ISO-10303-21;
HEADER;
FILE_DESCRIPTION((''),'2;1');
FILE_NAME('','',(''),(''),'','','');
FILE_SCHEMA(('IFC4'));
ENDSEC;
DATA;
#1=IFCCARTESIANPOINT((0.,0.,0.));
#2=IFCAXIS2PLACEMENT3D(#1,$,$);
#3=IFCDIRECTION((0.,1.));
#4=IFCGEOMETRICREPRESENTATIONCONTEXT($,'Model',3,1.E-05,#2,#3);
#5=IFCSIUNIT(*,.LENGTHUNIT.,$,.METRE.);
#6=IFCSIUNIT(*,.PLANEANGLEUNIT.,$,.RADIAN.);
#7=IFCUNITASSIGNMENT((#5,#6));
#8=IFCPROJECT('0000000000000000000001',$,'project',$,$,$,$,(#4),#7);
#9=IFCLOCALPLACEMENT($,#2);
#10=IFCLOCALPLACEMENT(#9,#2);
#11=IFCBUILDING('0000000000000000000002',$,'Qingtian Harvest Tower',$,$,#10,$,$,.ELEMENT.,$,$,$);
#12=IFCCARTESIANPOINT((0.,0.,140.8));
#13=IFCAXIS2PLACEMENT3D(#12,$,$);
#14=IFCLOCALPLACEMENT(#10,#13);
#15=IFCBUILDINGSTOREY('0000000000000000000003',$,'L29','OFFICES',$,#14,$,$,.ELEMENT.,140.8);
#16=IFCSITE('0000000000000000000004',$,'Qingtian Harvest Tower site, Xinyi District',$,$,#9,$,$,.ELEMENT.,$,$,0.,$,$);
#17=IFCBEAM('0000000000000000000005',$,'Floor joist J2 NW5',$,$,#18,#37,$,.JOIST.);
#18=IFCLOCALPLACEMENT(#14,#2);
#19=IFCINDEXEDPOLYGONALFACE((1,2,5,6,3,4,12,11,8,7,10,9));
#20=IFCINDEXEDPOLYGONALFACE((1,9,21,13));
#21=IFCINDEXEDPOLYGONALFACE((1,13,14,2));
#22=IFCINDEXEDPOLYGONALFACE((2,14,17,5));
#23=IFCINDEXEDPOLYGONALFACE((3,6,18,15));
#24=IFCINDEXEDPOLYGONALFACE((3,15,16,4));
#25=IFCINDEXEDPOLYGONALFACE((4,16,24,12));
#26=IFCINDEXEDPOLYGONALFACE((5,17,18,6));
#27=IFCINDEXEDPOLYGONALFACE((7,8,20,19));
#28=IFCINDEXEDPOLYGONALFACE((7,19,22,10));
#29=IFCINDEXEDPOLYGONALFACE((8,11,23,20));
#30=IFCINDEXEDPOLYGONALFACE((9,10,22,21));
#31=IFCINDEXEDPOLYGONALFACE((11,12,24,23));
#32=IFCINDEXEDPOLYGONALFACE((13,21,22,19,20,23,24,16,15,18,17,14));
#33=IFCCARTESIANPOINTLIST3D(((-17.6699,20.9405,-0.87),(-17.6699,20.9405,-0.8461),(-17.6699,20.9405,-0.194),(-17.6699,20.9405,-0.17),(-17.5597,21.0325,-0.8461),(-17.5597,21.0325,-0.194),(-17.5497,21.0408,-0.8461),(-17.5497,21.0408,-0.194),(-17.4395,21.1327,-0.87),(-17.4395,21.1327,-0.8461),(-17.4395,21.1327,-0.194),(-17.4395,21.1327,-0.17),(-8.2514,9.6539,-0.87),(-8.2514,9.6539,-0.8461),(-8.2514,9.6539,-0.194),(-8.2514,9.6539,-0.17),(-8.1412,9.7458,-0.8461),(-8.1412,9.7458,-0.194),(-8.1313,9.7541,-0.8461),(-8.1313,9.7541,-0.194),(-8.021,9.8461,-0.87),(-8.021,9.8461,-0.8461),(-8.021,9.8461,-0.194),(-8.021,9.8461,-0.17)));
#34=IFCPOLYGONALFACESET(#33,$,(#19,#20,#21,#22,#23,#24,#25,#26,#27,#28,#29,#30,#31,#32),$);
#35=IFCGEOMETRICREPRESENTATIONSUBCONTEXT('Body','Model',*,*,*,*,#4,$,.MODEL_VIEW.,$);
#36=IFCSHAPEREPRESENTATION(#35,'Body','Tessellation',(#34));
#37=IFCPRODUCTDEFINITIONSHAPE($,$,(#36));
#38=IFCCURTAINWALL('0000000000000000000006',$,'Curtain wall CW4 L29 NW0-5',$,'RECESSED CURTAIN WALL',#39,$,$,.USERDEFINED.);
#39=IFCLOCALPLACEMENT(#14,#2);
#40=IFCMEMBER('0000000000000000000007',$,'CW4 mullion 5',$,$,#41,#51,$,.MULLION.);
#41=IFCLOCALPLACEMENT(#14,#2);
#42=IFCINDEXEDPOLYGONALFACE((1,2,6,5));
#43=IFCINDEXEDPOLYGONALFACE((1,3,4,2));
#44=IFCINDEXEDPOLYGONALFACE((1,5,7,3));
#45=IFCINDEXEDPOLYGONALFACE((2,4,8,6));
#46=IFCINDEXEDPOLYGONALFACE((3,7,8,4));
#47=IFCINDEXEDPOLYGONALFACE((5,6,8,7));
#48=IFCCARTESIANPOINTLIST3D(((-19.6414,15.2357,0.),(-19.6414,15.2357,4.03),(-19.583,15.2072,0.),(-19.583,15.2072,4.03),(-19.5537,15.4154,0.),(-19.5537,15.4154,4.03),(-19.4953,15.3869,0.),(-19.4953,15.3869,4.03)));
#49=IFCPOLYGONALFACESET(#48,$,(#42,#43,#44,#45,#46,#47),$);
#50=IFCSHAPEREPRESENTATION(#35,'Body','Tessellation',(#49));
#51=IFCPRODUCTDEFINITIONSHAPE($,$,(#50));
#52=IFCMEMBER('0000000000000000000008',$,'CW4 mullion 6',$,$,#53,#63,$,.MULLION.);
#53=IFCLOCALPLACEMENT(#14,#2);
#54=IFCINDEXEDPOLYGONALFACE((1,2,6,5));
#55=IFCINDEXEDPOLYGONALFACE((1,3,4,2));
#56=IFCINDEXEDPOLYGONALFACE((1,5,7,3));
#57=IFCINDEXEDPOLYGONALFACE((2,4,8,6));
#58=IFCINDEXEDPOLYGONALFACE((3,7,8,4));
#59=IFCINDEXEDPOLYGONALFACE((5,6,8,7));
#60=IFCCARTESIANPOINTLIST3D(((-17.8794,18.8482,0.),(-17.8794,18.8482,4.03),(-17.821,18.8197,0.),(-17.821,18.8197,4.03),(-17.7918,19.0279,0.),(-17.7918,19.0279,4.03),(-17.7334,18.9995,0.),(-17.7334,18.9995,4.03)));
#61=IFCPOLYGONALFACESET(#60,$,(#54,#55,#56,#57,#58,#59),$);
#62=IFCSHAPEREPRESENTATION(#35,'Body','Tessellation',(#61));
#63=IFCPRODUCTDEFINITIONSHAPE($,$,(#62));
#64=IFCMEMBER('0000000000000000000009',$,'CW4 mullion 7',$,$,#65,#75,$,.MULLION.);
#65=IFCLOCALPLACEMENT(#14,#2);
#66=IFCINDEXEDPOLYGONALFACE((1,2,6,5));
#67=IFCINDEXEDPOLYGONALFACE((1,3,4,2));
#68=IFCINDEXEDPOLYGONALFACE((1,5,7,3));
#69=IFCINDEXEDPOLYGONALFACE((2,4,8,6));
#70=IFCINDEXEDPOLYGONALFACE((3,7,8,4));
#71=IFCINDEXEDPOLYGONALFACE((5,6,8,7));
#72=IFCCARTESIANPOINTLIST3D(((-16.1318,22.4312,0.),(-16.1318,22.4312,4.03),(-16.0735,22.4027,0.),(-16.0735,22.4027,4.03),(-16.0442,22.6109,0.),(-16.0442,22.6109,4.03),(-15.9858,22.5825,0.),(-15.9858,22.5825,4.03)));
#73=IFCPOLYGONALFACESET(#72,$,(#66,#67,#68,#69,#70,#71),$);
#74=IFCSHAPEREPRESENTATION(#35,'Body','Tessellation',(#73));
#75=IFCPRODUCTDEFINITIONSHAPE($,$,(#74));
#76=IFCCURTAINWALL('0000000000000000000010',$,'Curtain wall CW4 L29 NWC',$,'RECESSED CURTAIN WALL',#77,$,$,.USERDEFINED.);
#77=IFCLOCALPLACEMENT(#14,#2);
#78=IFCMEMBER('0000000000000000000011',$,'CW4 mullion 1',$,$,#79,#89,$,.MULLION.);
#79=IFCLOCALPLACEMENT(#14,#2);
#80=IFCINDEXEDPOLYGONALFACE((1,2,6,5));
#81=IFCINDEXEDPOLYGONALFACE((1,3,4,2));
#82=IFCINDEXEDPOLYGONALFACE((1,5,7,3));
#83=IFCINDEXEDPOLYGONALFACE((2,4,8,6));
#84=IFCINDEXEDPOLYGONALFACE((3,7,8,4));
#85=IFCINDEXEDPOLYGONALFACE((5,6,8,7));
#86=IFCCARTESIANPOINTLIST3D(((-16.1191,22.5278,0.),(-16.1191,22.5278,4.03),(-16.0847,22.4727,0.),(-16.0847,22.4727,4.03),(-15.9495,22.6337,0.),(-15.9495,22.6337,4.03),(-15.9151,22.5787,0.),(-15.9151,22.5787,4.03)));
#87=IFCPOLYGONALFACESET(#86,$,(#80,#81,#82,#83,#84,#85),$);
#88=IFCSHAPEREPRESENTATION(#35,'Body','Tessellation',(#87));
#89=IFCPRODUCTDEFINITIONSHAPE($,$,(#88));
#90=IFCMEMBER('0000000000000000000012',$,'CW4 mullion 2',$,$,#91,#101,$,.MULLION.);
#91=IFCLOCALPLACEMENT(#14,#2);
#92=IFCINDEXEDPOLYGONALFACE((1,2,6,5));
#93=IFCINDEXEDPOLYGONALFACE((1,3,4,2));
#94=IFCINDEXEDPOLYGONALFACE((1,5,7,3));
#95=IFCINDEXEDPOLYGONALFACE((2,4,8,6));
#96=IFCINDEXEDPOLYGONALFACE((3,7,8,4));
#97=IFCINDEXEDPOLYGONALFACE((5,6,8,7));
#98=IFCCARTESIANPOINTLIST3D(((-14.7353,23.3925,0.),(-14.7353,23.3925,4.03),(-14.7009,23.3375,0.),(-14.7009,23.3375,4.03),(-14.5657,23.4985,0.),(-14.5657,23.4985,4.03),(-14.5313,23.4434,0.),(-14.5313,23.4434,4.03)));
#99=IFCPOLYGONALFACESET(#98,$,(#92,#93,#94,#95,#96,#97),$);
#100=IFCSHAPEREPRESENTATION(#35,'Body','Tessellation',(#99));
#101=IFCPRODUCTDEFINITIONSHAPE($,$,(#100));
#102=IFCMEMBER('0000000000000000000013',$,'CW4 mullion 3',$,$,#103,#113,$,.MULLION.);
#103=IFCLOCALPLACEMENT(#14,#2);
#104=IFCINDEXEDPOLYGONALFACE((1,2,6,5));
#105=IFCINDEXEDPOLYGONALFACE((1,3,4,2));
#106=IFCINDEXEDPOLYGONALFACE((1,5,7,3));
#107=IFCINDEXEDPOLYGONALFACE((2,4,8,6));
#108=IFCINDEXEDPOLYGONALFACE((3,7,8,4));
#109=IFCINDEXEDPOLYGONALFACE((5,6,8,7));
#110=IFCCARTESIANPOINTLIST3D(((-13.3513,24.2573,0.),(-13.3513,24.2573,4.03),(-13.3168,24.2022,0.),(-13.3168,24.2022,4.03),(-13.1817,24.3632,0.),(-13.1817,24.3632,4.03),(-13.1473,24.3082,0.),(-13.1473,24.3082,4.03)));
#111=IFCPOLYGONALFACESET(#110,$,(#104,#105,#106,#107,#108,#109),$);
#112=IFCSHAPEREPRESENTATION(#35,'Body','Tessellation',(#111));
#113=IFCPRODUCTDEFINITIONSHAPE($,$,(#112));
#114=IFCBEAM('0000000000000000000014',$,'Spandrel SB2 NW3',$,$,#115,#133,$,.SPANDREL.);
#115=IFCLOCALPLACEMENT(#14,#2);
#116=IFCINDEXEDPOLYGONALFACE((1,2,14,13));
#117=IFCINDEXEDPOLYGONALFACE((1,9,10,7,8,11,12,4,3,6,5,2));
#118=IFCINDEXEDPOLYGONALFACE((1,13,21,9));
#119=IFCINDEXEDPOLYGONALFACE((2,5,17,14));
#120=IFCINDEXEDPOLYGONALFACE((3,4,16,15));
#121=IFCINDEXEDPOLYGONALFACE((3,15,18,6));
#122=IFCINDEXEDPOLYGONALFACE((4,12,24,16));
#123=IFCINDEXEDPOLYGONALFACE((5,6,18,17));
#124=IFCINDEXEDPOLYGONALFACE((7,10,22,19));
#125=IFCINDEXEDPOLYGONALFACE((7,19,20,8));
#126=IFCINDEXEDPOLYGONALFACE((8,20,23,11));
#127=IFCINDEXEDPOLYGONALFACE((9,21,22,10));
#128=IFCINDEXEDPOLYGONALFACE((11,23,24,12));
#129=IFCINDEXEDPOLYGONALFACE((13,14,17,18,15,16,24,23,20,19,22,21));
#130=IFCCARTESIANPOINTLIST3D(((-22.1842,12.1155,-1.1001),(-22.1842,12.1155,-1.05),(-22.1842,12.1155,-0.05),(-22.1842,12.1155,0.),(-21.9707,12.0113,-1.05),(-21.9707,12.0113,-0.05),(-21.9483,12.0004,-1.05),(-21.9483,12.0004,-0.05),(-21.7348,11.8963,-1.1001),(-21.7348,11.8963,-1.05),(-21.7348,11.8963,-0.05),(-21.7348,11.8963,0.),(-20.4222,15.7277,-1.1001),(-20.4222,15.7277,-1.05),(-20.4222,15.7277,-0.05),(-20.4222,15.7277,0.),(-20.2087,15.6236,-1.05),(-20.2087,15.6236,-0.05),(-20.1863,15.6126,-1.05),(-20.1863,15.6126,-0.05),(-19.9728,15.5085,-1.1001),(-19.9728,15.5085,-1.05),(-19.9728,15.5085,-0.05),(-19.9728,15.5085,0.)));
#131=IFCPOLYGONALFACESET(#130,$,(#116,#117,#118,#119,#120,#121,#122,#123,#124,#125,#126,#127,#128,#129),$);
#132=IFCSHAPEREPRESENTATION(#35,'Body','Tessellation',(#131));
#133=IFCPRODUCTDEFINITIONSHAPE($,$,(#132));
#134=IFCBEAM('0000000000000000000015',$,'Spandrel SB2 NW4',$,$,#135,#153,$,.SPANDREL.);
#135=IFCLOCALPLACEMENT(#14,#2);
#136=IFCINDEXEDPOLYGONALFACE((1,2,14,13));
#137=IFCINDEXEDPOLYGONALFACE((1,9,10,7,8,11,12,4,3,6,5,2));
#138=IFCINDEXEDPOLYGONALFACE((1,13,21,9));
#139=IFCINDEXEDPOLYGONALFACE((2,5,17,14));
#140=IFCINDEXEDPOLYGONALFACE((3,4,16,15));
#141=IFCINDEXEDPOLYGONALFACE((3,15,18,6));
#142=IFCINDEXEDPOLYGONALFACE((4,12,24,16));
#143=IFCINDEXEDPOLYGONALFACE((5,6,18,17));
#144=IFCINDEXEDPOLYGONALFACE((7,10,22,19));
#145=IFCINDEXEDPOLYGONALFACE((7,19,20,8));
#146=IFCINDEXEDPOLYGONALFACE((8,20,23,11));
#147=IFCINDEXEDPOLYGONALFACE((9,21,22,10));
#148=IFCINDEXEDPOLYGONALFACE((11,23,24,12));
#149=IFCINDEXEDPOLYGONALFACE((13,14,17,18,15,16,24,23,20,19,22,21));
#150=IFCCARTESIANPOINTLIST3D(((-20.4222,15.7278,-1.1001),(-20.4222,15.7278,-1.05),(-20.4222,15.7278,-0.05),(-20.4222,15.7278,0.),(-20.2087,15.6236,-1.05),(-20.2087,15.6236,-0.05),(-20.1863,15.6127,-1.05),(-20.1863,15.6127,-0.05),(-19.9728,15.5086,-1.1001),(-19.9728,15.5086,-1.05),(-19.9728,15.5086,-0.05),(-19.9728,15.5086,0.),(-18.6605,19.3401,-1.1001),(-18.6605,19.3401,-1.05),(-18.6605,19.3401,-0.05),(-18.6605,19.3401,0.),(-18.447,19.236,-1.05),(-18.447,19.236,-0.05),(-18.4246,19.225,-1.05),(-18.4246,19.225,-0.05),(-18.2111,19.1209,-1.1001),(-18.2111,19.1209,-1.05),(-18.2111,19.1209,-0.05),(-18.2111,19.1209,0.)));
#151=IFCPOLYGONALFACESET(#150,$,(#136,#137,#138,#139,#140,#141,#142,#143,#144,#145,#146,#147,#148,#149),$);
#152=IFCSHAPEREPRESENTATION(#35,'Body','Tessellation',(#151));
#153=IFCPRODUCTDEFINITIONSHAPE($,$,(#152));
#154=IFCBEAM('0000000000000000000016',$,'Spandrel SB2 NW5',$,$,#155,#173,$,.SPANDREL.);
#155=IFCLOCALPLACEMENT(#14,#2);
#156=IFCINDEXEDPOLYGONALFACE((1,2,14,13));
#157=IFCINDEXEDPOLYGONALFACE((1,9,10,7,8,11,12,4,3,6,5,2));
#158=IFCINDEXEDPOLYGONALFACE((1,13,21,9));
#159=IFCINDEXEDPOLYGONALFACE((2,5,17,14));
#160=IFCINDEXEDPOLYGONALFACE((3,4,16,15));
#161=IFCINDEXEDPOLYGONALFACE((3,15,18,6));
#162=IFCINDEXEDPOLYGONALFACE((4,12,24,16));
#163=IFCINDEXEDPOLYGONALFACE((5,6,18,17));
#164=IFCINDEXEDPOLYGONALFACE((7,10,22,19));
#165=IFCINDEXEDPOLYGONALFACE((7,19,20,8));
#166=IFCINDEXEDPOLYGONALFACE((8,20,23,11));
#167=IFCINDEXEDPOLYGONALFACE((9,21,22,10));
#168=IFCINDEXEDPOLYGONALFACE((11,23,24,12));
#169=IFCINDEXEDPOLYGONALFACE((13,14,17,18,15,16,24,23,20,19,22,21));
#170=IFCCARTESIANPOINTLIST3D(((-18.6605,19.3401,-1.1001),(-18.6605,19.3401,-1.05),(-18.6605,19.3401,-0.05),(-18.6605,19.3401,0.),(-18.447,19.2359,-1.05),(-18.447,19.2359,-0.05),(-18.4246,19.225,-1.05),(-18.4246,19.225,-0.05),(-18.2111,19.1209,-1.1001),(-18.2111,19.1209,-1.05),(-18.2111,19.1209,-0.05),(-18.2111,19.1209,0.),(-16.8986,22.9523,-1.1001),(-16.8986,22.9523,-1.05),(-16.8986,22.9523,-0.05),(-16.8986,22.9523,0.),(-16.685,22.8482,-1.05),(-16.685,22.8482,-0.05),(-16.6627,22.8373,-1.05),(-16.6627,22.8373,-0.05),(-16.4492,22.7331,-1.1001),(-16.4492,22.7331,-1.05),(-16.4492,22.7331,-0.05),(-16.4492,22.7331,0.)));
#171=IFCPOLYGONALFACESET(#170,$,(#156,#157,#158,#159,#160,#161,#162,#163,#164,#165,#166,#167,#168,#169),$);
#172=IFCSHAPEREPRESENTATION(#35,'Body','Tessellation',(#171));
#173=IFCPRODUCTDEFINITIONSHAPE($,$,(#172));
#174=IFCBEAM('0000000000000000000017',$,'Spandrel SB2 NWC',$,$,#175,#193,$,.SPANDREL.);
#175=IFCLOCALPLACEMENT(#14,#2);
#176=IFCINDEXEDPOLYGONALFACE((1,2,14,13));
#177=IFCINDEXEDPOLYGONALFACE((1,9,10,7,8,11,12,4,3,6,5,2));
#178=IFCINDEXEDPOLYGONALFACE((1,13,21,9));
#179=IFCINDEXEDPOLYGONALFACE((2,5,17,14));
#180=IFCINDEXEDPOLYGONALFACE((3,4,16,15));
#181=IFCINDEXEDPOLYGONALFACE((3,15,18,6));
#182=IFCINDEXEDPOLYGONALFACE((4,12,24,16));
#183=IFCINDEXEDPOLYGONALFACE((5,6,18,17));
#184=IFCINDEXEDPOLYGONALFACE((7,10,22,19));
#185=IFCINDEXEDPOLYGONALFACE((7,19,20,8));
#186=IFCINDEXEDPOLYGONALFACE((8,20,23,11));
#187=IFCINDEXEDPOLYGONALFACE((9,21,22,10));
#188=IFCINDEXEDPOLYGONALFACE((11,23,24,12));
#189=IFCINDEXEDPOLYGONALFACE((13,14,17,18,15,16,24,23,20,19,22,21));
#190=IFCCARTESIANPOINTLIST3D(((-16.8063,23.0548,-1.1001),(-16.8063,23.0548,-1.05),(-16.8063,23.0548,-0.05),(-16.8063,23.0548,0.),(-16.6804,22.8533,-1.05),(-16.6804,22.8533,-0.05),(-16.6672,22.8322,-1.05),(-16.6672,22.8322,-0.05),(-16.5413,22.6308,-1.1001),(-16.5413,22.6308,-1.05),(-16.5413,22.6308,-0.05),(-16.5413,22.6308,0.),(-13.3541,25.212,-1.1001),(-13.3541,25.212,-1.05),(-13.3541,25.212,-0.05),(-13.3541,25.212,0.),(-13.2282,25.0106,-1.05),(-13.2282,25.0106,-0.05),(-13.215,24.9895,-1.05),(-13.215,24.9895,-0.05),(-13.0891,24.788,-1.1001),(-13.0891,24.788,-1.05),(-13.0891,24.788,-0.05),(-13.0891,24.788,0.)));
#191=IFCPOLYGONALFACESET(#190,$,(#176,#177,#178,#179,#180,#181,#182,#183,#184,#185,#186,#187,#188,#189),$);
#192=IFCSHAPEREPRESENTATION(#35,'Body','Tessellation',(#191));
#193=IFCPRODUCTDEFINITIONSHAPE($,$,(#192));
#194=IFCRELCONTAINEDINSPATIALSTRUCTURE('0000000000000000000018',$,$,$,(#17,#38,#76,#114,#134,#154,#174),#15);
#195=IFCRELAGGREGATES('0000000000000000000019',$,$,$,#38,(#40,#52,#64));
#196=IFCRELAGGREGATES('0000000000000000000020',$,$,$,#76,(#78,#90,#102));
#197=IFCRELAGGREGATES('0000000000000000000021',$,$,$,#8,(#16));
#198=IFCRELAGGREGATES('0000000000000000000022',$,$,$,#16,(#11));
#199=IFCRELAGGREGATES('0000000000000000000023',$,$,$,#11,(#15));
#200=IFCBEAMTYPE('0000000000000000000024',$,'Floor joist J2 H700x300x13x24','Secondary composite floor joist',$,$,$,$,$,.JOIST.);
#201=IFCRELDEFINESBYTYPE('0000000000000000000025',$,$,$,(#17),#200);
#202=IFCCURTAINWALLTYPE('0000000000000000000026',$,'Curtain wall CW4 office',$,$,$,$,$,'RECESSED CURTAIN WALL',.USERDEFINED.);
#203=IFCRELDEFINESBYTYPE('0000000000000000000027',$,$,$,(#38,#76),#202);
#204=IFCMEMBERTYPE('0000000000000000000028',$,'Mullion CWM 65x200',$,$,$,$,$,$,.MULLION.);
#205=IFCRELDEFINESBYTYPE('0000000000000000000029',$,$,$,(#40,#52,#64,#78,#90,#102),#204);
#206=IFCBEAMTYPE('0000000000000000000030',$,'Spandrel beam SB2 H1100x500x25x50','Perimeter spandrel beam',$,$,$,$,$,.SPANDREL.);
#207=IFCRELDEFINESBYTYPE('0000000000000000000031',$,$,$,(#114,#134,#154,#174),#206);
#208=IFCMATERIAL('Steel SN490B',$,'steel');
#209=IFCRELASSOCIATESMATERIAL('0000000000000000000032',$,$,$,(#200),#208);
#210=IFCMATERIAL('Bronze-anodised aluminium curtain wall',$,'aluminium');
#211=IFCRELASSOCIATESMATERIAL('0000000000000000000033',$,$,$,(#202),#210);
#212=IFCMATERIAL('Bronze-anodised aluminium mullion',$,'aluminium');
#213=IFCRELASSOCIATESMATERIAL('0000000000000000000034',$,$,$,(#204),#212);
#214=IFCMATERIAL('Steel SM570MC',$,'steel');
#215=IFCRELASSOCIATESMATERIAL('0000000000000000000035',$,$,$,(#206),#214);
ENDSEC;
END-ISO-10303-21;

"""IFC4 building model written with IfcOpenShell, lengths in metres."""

from ifc_helpers import new_model, si_unit, direction, frame, origin, origin_2d, place, context, subcontext, project, spatial, rectangle, i_section, extrude, material, material_profile, profile_set, type_object, element, aggregate, save


model = new_model("IFC4")

# Units and contexts
model_context = context("Model", 3, precision=1e-05, world=origin(), true_north=direction((0.0, 1.0)))
body_context = subcontext(model_context, "Body", "Model", "MODEL_VIEW")
ifc_project = project(units=[si_unit("LENGTHUNIT", "METRE"), si_unit("PLANEANGLEUNIT", "RADIAN")], contexts=[model_context])

# Site, building, storey
site_placement = place(None, origin())
site = spatial("IfcSite", under=ifc_project, at=site_placement, Name="Qingtian Harvest Tower site, Xinyi District", CompositionType="ELEMENT", RefElevation=0.0)
building_placement = place(site_placement, origin())
building = spatial("IfcBuilding", under=site, at=building_placement, Name="Qingtian Harvest Tower", CompositionType="ELEMENT")
storey_placement = place(building_placement, frame((0.0, 0.0, 140.8)))
storey = spatial("IfcBuildingStorey", under=building, at=storey_placement, Name="L29", Description="OFFICES", CompositionType="ELEMENT", Elevation=140.8)

# Beam
ifc_material_1 = material(Name="Steel SN490B", Category="steel")
ifc_material_profile_1 = material_profile(ifc_material_1, i_section(OverallWidth=0.3, OverallDepth=0.7, WebThickness=0.0129, FlangeThickness=0.0239, at=origin_2d()), Name="H700x300x13x24")
ifc_profile_set_1 = profile_set([ifc_material_profile_1], Name="Steel SN490B")
beam_type_1 = type_object("IfcBeamType", Name="Floor joist J2 H700x300x13x24", Description="Secondary composite floor joist", PredefinedType="JOIST", material=ifc_profile_set_1)
beam_1_placement = place(storey_placement, frame((-17.5547, 21.0366, -0.52), z_axis=(0.640704, -0.767788, 0.0), x_axis=(0.767788, 0.640704, 0.0)))
element("IfcBeam", 1, at=beam_1_placement, inside=storey, type_object=beam_type_1, Name="Floor joist J2 NW5", PredefinedType="JOIST", context=body_context, shape_type="SweptSolid", body=[
    extrude(i_section(OverallWidth=0.3, OverallDepth=0.7, WebThickness=0.0129, FlangeThickness=0.0239, at=origin_2d()), origin(), (0.0, 0.0, 1.0), 14.7002),
])

# Curtain walls, members
ifc_material_2 = material(Name="Bronze-anodised aluminium curtain wall", Category="aluminium")
curtain_wall_type = type_object("IfcCurtainWallType", Name="Curtain wall CW4 office", ElementType="RECESSED CURTAIN WALL", PredefinedType="USERDEFINED", material=ifc_material_2)
curtain_wall_1_placement = place(storey_placement, origin())
curtain_wall_1 = element("IfcCurtainWall", 2, at=curtain_wall_1_placement, inside=storey, type_object=curtain_wall_type, Name="Curtain wall CW4 L29 NW0-5", ObjectType="RECESSED CURTAIN WALL", PredefinedType="USERDEFINED")
ifc_material_3 = material(Name="Bronze-anodised aluminium mullion", Category="aluminium")
ifc_material_profile_2 = material_profile(ifc_material_3, rectangle(XDim=0.0649, YDim=0.2, at=origin_2d()), Name="AL 65x200")
ifc_profile_set_2 = profile_set([ifc_material_profile_2], Name="Bronze-anodised aluminium mullion")
member_type_1 = type_object("IfcMemberType", Name="Mullion CWM 65x200", PredefinedType="MULLION", material=ifc_profile_set_2)
member_1_placement = place(storey_placement, frame((-19.5684, 15.3113, 0.0), z_axis=(0.0, 0.0, 1.0), x_axis=(-0.898794, 0.438371, 0.0)))
member_1 = element("IfcMember", 3, at=member_1_placement, type_object=member_type_1, Name="CW4 mullion 5", PredefinedType="MULLION", context=body_context, shape_type="SweptSolid", body=[
    extrude(rectangle(XDim=0.0649, YDim=0.2, at=origin_2d()), origin(), (0.0, 0.0, 1.0), 4.03),
])
member_2_placement = place(storey_placement, frame((-17.8064, 18.9238, 0.0), z_axis=(0.0, 0.0, 1.0), x_axis=(-0.898794, 0.438371, 0.0)))
member_2 = element("IfcMember", 4, at=member_2_placement, type_object=member_type_1, Name="CW4 mullion 6", PredefinedType="MULLION", context=body_context, shape_type="SweptSolid", body=[
    extrude(rectangle(XDim=0.0649, YDim=0.2, at=origin_2d()), origin(), (0.0, 0.0, 1.0), 4.03),
])
member_3_placement = place(storey_placement, frame((-16.0588, 22.5068, 0.0), z_axis=(0.0, 0.0, 1.0), x_axis=(-0.898794, 0.438371, 0.0)))
member_3 = element("IfcMember", 5, at=member_3_placement, type_object=member_type_1, Name="CW4 mullion 7", PredefinedType="MULLION", context=body_context, shape_type="SweptSolid", body=[
    extrude(rectangle(XDim=0.0649, YDim=0.2, at=origin_2d()), origin(), (0.0, 0.0, 1.0), 4.03),
])
curtain_wall_2_placement = place(storey_placement, origin())
curtain_wall_2 = element("IfcCurtainWall", 6, at=curtain_wall_2_placement, inside=storey, type_object=curtain_wall_type, Name="Curtain wall CW4 L29 NWC", ObjectType="RECESSED CURTAIN WALL", PredefinedType="USERDEFINED")
member_4_placement = place(storey_placement, frame((-16.0171, 22.5532, 0.0), z_axis=(0.0, 0.0, 1.0), x_axis=(-0.529919, 0.848048, 0.0)))
member_4 = element("IfcMember", 7, at=member_4_placement, type_object=member_type_1, Name="CW4 mullion 1", PredefinedType="MULLION", context=body_context, shape_type="SweptSolid", body=[
    extrude(rectangle(XDim=0.0649, YDim=0.2, at=origin_2d()), origin(), (0.0, 0.0, 1.0), 4.03),
])
member_5_placement = place(storey_placement, frame((-14.6333, 23.418, 0.0), z_axis=(0.0, 0.0, 1.0), x_axis=(-0.529919, 0.848048, 0.0)))
member_5 = element("IfcMember", 8, at=member_5_placement, type_object=member_type_1, Name="CW4 mullion 2", PredefinedType="MULLION", context=body_context, shape_type="SweptSolid", body=[
    extrude(rectangle(XDim=0.0649, YDim=0.2, at=origin_2d()), origin(), (0.0, 0.0, 1.0), 4.03),
])
member_6_placement = place(storey_placement, frame((-13.2493, 24.2827, 0.0), z_axis=(0.0, 0.0, 1.0), x_axis=(-0.529919, 0.848048, 0.0)))
member_6 = element("IfcMember", 9, at=member_6_placement, type_object=member_type_1, Name="CW4 mullion 3", PredefinedType="MULLION", context=body_context, shape_type="SweptSolid", body=[
    extrude(rectangle(XDim=0.0649, YDim=0.2, at=origin_2d()), origin(), (0.0, 0.0, 1.0), 4.03),
])

# Beams
ifc_material_4 = material(Name="Steel SM570MC", Category="steel")
ifc_material_profile_3 = material_profile(ifc_material_4, i_section(OverallWidth=0.5, OverallDepth=1.1001, WebThickness=0.0249, FlangeThickness=0.05, at=origin_2d()), Name="H1100x500x25x50")
ifc_profile_set_3 = profile_set([ifc_material_profile_3], Name="Steel SM570MC")
beam_type_2 = type_object("IfcBeamType", Name="Spandrel beam SB2 H1100x500x25x50", Description="Perimeter spandrel beam", PredefinedType="SPANDREL", material=ifc_profile_set_3)
for number, where, z_axis, x_axis, name in (
    (10, (-21.9595, 12.0059, -0.55), (0.438396, 0.898782, 0.0), (-0.898782, 0.438396, 0.0), "Spandrel SB2 NW3"),
    (11, (-20.1975, 15.6182, -0.55), (0.438347, 0.898806, 0.0), (-0.898806, 0.438347, 0.0), "Spandrel SB2 NW4"),
    (12, (-18.4358, 19.2305, -0.55), (0.438396, 0.898782, 0.0), (-0.898782, 0.438396, 0.0), "Spandrel SB2 NW5"),
):
    element("IfcBeam", number, at=place(storey_placement, frame(where, z_axis=z_axis, x_axis=x_axis)), inside=storey, type_object=beam_type_2, Name=name, PredefinedType="SPANDREL", context=body_context, shape_type="SweptSolid", body=[
        extrude(i_section(OverallWidth=0.5, OverallDepth=1.1001, WebThickness=0.0249, FlangeThickness=0.05, at=origin_2d()), origin(), (0.0, 0.0, 1.0), 4.019),
    ])
beam_2_placement = place(storey_placement, frame((-16.6738, 22.8428, -0.55), z_axis=(0.848039, 0.529934, 0.0), x_axis=(-0.529934, 0.848039, 0.0)))
element("IfcBeam", 13, at=beam_2_placement, inside=storey, type_object=beam_type_2, Name="Spandrel SB2 NWC", PredefinedType="SPANDREL", context=body_context, shape_type="SweptSolid", body=[
    extrude(i_section(OverallWidth=0.5, OverallDepth=1.1001, WebThickness=0.0249, FlangeThickness=0.05, at=origin_2d()), origin(), (0.0, 0.0, 1.0), 4.0708),
])

aggregate(curtain_wall_1, [member_1, member_2, member_3])
aggregate(curtain_wall_2, [member_4, member_5, member_6])

save(model, "model.ifc")
